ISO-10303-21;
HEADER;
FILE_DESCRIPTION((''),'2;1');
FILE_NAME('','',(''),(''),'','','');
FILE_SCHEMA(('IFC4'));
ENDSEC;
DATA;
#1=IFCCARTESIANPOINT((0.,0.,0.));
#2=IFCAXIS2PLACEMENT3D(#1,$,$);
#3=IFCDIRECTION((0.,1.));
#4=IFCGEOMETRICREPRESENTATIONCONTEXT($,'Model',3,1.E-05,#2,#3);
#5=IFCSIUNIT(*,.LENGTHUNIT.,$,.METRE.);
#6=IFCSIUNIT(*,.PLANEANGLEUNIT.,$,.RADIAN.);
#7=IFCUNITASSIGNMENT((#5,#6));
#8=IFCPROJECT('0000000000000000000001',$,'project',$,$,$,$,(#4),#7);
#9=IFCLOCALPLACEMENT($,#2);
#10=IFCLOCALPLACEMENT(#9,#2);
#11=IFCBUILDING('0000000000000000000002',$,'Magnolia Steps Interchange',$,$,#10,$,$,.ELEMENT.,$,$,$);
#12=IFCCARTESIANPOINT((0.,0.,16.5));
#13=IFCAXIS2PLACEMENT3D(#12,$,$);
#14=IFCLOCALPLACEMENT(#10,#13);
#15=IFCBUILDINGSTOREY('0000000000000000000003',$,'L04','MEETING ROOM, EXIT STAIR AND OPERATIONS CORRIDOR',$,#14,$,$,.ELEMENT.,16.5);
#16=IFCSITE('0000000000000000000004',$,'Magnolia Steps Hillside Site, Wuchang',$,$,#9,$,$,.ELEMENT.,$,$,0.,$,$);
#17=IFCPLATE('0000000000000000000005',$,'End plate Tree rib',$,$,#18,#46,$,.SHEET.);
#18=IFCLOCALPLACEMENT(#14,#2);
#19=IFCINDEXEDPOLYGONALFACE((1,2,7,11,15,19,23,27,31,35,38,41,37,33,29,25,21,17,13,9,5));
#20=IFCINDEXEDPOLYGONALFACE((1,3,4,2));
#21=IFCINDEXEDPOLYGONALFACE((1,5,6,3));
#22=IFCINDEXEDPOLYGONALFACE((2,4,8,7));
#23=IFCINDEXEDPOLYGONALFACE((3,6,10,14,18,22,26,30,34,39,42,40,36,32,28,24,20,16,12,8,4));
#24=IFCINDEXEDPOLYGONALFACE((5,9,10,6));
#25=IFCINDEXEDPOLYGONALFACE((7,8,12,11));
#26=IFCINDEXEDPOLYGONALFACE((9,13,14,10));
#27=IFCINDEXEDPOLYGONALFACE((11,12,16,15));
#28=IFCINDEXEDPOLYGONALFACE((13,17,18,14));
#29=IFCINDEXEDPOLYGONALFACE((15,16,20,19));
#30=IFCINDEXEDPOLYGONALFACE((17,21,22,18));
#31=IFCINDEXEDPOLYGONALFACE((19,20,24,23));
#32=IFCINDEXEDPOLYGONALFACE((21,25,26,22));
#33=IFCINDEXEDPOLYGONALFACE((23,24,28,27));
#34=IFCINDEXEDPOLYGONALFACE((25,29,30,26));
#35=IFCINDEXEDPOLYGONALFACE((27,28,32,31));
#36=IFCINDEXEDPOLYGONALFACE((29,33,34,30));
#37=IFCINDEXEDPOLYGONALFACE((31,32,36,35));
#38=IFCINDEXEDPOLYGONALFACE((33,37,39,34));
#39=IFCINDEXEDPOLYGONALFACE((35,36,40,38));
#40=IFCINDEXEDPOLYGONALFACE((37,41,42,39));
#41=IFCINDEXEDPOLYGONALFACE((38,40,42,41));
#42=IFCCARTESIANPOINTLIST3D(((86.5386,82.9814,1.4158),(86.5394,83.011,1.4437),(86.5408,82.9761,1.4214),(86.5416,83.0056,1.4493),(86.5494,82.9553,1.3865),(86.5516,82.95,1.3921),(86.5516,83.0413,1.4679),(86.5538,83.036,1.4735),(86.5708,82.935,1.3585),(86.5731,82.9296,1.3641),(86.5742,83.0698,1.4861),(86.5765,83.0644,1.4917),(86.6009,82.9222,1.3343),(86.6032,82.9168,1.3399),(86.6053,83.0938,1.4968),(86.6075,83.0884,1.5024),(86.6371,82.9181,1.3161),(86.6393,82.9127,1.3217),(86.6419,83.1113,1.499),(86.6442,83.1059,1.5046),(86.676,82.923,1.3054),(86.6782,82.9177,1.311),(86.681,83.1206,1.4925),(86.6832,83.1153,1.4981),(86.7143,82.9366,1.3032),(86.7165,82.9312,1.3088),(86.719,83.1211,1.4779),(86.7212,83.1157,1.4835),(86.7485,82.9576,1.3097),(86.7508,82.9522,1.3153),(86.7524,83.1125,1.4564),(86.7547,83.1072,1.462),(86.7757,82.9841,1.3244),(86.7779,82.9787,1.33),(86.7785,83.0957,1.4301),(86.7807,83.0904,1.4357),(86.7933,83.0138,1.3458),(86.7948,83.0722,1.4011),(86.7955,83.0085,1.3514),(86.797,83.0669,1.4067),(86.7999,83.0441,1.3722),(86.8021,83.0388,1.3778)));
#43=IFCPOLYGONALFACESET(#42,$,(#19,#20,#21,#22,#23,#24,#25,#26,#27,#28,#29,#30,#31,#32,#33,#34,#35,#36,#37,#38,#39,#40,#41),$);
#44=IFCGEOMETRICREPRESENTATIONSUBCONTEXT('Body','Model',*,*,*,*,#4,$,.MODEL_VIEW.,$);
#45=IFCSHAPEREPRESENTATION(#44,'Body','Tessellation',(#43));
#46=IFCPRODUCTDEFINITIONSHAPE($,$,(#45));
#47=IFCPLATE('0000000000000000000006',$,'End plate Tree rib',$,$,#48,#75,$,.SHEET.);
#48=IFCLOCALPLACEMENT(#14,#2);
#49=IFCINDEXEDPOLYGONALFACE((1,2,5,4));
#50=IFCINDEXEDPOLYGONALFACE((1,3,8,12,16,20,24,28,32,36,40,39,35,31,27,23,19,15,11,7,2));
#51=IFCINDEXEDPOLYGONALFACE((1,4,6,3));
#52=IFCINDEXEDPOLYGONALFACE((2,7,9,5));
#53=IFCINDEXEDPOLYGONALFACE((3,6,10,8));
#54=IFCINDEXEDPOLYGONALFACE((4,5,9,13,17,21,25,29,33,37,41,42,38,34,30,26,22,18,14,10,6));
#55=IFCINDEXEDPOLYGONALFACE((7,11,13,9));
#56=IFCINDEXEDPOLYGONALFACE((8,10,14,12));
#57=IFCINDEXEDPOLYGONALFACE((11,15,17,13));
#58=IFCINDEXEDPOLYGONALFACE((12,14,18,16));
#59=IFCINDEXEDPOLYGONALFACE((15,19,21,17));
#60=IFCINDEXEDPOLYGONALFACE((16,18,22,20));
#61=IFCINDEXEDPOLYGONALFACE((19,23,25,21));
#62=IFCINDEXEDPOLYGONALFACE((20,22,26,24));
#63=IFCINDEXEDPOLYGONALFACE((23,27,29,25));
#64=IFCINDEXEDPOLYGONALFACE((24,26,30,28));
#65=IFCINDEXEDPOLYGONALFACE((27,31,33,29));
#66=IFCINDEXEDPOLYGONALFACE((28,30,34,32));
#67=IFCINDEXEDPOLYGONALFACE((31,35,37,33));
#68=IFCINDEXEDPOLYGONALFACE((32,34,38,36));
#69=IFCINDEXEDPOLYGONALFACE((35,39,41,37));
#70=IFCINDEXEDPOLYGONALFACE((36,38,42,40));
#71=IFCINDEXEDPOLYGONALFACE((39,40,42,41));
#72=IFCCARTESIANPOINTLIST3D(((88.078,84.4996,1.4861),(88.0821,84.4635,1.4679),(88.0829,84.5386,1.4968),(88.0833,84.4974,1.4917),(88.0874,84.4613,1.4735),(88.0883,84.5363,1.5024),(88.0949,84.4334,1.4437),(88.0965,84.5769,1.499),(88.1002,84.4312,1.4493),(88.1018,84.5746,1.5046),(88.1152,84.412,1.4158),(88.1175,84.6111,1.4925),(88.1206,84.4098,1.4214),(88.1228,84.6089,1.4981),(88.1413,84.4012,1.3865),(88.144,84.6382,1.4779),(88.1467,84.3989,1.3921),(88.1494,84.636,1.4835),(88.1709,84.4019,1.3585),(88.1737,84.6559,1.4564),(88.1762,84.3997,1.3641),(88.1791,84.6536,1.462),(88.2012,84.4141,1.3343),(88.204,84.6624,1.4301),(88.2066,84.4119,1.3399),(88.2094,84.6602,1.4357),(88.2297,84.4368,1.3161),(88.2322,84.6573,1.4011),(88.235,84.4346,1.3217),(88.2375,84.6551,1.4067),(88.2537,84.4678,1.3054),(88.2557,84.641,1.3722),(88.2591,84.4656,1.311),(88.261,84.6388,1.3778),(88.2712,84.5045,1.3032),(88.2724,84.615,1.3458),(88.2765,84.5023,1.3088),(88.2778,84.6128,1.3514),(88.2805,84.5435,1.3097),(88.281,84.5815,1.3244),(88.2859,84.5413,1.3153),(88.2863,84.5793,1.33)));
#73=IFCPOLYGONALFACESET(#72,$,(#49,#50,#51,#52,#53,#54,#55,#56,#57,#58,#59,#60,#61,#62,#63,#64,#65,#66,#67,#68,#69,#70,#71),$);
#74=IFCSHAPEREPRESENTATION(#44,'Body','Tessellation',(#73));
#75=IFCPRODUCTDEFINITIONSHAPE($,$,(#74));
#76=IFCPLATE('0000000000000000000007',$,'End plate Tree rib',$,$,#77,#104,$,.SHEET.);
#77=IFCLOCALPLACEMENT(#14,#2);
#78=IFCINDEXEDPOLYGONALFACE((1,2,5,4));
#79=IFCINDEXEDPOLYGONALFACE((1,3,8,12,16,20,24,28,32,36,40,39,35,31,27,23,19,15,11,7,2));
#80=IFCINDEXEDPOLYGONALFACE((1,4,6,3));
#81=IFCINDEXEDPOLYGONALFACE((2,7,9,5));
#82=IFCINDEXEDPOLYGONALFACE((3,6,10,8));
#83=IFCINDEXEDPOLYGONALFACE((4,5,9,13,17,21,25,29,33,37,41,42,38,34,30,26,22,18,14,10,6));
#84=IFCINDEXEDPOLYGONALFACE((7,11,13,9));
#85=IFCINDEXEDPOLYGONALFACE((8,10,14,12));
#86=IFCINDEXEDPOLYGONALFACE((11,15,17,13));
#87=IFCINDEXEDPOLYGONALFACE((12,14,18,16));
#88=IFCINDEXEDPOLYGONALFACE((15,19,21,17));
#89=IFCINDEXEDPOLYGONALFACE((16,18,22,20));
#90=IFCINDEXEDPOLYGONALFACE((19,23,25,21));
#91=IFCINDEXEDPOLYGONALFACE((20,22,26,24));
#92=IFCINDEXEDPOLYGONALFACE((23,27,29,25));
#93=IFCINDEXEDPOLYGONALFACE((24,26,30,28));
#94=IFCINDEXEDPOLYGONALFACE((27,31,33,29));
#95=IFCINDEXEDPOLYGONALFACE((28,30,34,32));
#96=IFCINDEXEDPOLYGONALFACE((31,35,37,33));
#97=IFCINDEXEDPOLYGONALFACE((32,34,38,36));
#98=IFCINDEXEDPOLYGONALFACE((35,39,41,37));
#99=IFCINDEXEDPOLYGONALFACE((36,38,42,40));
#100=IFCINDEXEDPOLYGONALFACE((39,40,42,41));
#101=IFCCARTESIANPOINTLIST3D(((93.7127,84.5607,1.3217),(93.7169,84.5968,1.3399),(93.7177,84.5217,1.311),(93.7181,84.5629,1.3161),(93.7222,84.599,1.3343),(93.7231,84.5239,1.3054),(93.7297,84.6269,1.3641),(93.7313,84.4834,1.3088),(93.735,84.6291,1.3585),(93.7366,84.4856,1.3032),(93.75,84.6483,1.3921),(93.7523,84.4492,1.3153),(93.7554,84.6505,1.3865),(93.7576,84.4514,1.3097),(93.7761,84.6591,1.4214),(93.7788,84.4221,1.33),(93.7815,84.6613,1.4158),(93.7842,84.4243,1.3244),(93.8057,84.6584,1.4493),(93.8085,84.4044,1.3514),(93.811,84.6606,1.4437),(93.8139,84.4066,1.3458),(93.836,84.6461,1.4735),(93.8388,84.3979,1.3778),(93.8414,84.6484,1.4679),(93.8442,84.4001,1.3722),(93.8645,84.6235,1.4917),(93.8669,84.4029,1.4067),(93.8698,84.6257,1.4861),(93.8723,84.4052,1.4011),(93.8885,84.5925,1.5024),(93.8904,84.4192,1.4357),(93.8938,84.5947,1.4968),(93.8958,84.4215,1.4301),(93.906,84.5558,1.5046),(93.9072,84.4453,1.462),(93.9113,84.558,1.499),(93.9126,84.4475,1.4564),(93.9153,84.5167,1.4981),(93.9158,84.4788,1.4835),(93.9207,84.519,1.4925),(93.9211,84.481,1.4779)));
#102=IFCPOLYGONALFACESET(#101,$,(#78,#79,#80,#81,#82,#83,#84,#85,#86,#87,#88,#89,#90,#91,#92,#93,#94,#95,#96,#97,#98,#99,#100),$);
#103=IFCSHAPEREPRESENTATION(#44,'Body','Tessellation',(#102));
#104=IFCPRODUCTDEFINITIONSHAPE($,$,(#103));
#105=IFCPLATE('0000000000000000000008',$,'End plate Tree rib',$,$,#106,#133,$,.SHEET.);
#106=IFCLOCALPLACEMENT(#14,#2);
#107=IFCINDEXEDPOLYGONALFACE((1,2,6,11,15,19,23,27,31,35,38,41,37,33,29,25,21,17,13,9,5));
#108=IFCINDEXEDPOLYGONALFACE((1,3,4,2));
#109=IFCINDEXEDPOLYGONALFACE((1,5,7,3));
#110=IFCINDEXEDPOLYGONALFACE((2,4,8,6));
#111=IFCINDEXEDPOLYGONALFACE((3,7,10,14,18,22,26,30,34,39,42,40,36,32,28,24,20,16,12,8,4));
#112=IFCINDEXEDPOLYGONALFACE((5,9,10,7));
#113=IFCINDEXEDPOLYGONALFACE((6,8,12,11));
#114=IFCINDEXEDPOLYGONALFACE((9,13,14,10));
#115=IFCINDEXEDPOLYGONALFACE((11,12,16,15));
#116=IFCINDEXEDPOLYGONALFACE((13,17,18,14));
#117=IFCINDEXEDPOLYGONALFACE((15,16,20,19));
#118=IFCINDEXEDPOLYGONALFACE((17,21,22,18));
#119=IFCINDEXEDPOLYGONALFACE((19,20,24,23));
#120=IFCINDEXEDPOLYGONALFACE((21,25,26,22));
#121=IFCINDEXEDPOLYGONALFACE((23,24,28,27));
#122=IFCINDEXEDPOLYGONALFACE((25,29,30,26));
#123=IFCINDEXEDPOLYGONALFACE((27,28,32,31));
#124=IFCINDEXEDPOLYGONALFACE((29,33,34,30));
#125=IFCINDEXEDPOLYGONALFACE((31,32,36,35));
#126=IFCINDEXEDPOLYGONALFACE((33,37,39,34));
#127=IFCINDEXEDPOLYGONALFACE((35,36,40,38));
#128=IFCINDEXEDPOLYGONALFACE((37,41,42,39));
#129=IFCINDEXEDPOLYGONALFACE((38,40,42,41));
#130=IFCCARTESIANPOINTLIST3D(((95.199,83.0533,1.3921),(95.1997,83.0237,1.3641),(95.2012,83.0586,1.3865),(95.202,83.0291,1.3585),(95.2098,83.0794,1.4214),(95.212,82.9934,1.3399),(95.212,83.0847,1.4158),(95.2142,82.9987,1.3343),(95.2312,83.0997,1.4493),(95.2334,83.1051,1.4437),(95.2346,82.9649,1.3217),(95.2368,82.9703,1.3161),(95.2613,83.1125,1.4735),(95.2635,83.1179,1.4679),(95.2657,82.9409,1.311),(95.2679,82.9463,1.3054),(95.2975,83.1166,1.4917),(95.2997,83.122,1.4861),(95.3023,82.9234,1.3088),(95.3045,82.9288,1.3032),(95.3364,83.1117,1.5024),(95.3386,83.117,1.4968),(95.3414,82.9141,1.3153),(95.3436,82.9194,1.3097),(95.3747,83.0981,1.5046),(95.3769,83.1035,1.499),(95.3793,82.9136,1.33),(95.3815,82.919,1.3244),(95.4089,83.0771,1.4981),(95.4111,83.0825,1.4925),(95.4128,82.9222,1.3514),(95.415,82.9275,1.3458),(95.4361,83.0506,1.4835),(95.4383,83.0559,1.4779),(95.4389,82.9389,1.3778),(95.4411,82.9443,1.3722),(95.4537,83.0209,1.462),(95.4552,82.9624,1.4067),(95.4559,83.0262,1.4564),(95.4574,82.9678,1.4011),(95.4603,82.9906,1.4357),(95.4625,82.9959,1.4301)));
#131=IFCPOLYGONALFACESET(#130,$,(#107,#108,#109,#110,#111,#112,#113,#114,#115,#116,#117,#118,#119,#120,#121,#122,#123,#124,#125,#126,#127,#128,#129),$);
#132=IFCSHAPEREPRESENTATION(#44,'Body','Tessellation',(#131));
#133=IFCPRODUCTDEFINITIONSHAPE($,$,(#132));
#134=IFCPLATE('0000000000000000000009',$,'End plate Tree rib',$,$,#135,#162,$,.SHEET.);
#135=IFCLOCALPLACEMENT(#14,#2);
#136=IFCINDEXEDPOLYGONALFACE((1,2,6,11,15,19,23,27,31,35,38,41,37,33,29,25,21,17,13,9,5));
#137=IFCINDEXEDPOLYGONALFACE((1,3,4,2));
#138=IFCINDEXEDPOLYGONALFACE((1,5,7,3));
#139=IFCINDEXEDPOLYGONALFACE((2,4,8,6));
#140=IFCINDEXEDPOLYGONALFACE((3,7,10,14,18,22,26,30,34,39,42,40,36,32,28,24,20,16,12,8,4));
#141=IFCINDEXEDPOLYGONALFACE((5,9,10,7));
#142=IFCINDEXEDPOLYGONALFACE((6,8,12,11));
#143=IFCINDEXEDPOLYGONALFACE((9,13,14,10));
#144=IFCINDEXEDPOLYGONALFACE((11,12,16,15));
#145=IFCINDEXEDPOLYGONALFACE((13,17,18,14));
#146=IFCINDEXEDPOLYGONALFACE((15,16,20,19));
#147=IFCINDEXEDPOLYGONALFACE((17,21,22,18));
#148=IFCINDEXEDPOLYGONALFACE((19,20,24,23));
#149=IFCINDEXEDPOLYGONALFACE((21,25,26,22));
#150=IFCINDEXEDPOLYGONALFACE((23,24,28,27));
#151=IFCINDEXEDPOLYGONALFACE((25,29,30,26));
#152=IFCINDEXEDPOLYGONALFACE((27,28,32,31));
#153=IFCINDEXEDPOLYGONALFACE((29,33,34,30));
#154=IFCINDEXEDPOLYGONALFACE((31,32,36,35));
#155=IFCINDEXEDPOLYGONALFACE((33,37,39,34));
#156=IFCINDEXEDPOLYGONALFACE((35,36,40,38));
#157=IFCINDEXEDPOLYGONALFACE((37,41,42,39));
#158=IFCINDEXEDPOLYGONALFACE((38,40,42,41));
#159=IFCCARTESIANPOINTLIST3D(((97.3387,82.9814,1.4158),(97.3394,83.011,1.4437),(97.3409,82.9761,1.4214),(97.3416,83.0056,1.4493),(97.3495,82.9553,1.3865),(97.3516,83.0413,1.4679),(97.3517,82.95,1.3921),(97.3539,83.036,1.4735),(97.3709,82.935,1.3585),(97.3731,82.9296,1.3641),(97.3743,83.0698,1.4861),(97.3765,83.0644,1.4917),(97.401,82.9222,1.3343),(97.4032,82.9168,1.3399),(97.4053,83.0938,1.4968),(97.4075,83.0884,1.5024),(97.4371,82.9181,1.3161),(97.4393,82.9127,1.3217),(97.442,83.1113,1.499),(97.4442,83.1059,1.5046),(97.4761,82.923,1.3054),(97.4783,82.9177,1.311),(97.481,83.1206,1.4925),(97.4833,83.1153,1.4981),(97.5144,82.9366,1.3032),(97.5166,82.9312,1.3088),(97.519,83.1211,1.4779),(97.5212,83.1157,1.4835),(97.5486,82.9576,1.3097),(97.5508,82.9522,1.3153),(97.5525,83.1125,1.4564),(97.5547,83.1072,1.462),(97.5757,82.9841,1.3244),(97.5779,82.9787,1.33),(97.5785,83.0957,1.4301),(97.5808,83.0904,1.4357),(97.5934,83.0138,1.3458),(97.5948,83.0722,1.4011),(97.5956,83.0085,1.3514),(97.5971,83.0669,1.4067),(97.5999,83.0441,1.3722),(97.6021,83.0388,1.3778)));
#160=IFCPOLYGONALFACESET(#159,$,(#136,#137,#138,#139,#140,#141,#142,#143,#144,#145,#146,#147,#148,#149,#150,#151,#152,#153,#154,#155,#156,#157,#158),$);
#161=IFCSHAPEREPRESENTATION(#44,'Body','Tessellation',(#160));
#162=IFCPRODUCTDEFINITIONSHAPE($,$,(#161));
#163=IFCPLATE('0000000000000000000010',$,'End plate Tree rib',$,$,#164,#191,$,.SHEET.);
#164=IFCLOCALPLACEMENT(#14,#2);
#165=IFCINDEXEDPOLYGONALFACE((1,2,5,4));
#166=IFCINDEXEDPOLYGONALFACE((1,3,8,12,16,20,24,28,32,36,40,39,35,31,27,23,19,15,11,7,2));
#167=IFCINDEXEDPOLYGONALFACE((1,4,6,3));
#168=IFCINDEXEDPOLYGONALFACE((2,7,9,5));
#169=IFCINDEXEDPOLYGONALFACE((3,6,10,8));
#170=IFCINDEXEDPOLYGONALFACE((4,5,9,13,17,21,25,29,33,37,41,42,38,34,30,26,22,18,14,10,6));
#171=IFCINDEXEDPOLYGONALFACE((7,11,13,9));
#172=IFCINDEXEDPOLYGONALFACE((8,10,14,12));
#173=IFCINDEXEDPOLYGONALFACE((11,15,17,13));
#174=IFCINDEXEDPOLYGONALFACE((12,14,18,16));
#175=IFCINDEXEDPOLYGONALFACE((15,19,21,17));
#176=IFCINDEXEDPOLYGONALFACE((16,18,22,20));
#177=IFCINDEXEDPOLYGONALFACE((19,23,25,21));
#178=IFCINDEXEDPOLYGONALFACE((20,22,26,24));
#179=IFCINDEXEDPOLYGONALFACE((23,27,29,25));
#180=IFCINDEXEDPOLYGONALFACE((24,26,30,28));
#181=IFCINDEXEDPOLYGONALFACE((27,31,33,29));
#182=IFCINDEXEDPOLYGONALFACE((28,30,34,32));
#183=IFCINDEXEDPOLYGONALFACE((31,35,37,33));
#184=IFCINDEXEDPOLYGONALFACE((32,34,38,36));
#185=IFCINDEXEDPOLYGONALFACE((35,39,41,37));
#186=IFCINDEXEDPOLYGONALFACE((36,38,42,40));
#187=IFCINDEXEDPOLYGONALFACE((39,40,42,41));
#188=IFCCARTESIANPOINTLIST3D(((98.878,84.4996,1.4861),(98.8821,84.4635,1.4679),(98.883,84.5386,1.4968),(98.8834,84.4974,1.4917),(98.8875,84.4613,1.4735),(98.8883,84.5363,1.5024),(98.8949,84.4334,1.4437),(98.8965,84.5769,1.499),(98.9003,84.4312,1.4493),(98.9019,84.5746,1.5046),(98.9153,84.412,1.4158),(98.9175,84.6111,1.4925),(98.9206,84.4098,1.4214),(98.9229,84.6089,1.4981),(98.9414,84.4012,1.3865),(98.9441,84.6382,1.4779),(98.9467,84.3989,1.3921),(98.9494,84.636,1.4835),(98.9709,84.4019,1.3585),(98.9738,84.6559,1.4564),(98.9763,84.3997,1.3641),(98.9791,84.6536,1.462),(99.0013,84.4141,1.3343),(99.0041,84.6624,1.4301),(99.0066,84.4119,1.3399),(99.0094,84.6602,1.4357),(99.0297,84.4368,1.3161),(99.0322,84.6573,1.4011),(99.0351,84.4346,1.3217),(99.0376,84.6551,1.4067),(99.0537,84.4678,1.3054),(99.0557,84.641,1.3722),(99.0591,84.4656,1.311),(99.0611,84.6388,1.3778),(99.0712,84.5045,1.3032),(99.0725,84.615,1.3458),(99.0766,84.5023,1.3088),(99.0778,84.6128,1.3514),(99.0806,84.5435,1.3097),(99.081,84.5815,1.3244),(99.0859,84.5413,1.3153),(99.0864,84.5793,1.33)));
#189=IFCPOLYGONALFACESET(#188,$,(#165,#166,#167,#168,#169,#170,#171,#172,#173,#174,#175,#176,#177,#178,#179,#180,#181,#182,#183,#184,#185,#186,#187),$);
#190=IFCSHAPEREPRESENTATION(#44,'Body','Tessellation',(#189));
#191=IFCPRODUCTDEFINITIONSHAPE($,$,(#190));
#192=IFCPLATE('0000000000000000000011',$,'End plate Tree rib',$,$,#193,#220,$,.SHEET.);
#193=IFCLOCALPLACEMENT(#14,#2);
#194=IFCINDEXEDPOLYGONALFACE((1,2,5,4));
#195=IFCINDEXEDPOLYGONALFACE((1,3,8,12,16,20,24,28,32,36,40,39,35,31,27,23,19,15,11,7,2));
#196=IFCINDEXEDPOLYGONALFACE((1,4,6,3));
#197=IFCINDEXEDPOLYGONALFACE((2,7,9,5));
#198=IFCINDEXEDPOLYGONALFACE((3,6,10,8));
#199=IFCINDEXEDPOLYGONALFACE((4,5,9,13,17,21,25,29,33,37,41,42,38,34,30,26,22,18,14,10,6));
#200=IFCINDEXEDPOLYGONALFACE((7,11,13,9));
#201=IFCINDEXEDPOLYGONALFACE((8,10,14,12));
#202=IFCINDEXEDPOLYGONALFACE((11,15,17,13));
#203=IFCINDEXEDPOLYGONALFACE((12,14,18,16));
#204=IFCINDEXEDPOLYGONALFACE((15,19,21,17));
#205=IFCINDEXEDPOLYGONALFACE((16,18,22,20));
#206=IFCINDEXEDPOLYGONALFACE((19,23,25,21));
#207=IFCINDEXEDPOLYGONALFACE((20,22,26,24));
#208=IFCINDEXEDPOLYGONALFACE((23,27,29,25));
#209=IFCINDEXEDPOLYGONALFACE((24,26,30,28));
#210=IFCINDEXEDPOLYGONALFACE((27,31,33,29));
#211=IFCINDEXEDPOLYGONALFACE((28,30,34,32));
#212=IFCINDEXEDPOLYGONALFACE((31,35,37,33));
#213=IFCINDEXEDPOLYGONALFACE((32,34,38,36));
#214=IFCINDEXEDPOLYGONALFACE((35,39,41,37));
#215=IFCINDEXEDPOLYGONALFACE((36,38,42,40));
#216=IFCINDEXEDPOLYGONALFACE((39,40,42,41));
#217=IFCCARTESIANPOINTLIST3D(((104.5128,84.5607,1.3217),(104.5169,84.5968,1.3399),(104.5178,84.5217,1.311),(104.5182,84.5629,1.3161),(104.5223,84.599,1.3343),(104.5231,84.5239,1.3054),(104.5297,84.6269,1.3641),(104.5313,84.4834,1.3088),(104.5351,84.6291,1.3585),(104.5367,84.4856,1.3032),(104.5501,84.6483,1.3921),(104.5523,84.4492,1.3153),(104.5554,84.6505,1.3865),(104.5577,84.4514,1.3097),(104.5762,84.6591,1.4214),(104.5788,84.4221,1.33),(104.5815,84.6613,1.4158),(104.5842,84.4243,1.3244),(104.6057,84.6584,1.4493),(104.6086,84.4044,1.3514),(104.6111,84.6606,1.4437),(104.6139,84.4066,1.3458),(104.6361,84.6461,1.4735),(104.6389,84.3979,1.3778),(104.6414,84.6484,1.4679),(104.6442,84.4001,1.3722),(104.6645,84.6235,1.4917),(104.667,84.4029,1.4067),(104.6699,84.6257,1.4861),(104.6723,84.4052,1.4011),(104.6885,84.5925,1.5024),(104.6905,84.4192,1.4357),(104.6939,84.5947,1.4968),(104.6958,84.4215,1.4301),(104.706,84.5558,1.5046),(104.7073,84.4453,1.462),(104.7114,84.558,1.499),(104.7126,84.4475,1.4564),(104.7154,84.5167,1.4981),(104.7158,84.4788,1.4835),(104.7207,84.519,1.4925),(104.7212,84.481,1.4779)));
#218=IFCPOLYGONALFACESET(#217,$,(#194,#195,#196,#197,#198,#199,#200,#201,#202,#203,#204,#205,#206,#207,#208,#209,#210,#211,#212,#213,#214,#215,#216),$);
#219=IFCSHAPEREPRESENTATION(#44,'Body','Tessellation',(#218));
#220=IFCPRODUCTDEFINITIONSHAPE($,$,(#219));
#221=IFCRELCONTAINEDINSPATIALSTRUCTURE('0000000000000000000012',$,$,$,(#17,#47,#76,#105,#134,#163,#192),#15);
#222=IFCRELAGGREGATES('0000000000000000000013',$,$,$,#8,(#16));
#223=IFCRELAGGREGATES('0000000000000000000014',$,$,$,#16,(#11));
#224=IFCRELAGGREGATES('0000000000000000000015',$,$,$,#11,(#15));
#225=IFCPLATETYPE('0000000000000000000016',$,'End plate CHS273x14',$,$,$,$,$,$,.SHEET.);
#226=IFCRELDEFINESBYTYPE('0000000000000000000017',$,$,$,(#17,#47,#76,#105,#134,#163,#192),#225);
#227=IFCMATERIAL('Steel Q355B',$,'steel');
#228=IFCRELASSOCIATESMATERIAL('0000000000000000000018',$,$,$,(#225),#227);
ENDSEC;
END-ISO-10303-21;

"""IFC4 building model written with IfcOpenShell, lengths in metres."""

from ifc_helpers import new_model, si_unit, direction, frame, origin, origin_2d, place, context, subcontext, project, spatial, circle, extrude, material, material_profile, profile_set, type_object, element, save


model = new_model("IFC4")

# Units and contexts
model_context = context("Model", 3, precision=1e-05, world=origin(), true_north=direction((0.0, 1.0)))
body_context = subcontext(model_context, "Body", "Model", "MODEL_VIEW")
ifc_project = project(units=[si_unit("LENGTHUNIT", "METRE"), si_unit("PLANEANGLEUNIT", "RADIAN")], contexts=[model_context])

# Site, building, storey
site_placement = place(None, origin())
site = spatial("IfcSite", under=ifc_project, at=site_placement, Name="Magnolia Steps Hillside Site, Wuchang", CompositionType="ELEMENT", RefElevation=0.0)
building_placement = place(site_placement, origin())
building = spatial("IfcBuilding", under=site, at=building_placement, Name="Magnolia Steps Interchange", CompositionType="ELEMENT")
storey_placement = place(building_placement, frame((0.0, 0.0, 16.5)))
storey = spatial("IfcBuildingStorey", under=building, at=storey_placement, Name="L04", Description="MEETING ROOM, EXIT STAIR AND OPERATIONS CORRIDOR", CompositionType="ELEMENT", Elevation=16.5)

# Plates
ifc_material_1 = material(Name="Steel Q355B", Category="steel")
ifc_material_profile_1 = material_profile(ifc_material_1, circle(Radius=0.1365, at=origin_2d()), Name="End plate CHS273x14")
ifc_profile_set_1 = profile_set([ifc_material_profile_1], Name="Steel Q355B")
plate_type_1 = type_object("IfcPlateType", Name="End plate CHS273x14", PredefinedType="SHEET", material=ifc_profile_set_1)
for number, where, z_axis, x_axis, name in (
    (1, (86.6687, 83.02, 1.4011), (0.275279, -0.664583, 0.694658), (0.92388, 0.382683, 0.0), "End plate Tree rib"),
    (2, (88.1799, 84.5312, 1.4011), (0.664583, -0.275279, 0.694658), (0.382683, 0.92388, 0.0), "End plate Tree rib"),
    (3, (93.8201, 84.5312, 1.4011), (-0.664583, -0.275279, 0.694658), (0.382683, -0.92388, 0.0), "End plate Tree rib"),
    (4, (95.3313, 83.02, 1.4011), (-0.275279, -0.664583, 0.694658), (0.92388, -0.382683, 0.0), "End plate Tree rib"),
    (5, (97.4688, 83.02, 1.4011), (0.275279, -0.664583, 0.694658), (0.92388, 0.382683, 0.0), "End plate Tree rib"),
    (6, (98.98, 84.5312, 1.4011), (0.664583, -0.275279, 0.694658), (0.382683, 0.92388, 0.0), "End plate Tree rib"),
    (7, (104.6201, 84.5312, 1.4011), (-0.664583, -0.275279, 0.694658), (0.382683, -0.92388, 0.0), "End plate Tree rib"),
):
    element("IfcPlate", number, at=place(storey_placement, frame(where, z_axis=z_axis, x_axis=x_axis)), inside=storey, type_object=plate_type_1, Name=name, PredefinedType="SHEET", context=body_context, shape_type="SweptSolid", body=[
        extrude(circle(Radius=0.1365, at=origin_2d()), origin(), (0.0, 0.0, 1.0), 0.0081),
    ])

save(model, "model.ifc")
